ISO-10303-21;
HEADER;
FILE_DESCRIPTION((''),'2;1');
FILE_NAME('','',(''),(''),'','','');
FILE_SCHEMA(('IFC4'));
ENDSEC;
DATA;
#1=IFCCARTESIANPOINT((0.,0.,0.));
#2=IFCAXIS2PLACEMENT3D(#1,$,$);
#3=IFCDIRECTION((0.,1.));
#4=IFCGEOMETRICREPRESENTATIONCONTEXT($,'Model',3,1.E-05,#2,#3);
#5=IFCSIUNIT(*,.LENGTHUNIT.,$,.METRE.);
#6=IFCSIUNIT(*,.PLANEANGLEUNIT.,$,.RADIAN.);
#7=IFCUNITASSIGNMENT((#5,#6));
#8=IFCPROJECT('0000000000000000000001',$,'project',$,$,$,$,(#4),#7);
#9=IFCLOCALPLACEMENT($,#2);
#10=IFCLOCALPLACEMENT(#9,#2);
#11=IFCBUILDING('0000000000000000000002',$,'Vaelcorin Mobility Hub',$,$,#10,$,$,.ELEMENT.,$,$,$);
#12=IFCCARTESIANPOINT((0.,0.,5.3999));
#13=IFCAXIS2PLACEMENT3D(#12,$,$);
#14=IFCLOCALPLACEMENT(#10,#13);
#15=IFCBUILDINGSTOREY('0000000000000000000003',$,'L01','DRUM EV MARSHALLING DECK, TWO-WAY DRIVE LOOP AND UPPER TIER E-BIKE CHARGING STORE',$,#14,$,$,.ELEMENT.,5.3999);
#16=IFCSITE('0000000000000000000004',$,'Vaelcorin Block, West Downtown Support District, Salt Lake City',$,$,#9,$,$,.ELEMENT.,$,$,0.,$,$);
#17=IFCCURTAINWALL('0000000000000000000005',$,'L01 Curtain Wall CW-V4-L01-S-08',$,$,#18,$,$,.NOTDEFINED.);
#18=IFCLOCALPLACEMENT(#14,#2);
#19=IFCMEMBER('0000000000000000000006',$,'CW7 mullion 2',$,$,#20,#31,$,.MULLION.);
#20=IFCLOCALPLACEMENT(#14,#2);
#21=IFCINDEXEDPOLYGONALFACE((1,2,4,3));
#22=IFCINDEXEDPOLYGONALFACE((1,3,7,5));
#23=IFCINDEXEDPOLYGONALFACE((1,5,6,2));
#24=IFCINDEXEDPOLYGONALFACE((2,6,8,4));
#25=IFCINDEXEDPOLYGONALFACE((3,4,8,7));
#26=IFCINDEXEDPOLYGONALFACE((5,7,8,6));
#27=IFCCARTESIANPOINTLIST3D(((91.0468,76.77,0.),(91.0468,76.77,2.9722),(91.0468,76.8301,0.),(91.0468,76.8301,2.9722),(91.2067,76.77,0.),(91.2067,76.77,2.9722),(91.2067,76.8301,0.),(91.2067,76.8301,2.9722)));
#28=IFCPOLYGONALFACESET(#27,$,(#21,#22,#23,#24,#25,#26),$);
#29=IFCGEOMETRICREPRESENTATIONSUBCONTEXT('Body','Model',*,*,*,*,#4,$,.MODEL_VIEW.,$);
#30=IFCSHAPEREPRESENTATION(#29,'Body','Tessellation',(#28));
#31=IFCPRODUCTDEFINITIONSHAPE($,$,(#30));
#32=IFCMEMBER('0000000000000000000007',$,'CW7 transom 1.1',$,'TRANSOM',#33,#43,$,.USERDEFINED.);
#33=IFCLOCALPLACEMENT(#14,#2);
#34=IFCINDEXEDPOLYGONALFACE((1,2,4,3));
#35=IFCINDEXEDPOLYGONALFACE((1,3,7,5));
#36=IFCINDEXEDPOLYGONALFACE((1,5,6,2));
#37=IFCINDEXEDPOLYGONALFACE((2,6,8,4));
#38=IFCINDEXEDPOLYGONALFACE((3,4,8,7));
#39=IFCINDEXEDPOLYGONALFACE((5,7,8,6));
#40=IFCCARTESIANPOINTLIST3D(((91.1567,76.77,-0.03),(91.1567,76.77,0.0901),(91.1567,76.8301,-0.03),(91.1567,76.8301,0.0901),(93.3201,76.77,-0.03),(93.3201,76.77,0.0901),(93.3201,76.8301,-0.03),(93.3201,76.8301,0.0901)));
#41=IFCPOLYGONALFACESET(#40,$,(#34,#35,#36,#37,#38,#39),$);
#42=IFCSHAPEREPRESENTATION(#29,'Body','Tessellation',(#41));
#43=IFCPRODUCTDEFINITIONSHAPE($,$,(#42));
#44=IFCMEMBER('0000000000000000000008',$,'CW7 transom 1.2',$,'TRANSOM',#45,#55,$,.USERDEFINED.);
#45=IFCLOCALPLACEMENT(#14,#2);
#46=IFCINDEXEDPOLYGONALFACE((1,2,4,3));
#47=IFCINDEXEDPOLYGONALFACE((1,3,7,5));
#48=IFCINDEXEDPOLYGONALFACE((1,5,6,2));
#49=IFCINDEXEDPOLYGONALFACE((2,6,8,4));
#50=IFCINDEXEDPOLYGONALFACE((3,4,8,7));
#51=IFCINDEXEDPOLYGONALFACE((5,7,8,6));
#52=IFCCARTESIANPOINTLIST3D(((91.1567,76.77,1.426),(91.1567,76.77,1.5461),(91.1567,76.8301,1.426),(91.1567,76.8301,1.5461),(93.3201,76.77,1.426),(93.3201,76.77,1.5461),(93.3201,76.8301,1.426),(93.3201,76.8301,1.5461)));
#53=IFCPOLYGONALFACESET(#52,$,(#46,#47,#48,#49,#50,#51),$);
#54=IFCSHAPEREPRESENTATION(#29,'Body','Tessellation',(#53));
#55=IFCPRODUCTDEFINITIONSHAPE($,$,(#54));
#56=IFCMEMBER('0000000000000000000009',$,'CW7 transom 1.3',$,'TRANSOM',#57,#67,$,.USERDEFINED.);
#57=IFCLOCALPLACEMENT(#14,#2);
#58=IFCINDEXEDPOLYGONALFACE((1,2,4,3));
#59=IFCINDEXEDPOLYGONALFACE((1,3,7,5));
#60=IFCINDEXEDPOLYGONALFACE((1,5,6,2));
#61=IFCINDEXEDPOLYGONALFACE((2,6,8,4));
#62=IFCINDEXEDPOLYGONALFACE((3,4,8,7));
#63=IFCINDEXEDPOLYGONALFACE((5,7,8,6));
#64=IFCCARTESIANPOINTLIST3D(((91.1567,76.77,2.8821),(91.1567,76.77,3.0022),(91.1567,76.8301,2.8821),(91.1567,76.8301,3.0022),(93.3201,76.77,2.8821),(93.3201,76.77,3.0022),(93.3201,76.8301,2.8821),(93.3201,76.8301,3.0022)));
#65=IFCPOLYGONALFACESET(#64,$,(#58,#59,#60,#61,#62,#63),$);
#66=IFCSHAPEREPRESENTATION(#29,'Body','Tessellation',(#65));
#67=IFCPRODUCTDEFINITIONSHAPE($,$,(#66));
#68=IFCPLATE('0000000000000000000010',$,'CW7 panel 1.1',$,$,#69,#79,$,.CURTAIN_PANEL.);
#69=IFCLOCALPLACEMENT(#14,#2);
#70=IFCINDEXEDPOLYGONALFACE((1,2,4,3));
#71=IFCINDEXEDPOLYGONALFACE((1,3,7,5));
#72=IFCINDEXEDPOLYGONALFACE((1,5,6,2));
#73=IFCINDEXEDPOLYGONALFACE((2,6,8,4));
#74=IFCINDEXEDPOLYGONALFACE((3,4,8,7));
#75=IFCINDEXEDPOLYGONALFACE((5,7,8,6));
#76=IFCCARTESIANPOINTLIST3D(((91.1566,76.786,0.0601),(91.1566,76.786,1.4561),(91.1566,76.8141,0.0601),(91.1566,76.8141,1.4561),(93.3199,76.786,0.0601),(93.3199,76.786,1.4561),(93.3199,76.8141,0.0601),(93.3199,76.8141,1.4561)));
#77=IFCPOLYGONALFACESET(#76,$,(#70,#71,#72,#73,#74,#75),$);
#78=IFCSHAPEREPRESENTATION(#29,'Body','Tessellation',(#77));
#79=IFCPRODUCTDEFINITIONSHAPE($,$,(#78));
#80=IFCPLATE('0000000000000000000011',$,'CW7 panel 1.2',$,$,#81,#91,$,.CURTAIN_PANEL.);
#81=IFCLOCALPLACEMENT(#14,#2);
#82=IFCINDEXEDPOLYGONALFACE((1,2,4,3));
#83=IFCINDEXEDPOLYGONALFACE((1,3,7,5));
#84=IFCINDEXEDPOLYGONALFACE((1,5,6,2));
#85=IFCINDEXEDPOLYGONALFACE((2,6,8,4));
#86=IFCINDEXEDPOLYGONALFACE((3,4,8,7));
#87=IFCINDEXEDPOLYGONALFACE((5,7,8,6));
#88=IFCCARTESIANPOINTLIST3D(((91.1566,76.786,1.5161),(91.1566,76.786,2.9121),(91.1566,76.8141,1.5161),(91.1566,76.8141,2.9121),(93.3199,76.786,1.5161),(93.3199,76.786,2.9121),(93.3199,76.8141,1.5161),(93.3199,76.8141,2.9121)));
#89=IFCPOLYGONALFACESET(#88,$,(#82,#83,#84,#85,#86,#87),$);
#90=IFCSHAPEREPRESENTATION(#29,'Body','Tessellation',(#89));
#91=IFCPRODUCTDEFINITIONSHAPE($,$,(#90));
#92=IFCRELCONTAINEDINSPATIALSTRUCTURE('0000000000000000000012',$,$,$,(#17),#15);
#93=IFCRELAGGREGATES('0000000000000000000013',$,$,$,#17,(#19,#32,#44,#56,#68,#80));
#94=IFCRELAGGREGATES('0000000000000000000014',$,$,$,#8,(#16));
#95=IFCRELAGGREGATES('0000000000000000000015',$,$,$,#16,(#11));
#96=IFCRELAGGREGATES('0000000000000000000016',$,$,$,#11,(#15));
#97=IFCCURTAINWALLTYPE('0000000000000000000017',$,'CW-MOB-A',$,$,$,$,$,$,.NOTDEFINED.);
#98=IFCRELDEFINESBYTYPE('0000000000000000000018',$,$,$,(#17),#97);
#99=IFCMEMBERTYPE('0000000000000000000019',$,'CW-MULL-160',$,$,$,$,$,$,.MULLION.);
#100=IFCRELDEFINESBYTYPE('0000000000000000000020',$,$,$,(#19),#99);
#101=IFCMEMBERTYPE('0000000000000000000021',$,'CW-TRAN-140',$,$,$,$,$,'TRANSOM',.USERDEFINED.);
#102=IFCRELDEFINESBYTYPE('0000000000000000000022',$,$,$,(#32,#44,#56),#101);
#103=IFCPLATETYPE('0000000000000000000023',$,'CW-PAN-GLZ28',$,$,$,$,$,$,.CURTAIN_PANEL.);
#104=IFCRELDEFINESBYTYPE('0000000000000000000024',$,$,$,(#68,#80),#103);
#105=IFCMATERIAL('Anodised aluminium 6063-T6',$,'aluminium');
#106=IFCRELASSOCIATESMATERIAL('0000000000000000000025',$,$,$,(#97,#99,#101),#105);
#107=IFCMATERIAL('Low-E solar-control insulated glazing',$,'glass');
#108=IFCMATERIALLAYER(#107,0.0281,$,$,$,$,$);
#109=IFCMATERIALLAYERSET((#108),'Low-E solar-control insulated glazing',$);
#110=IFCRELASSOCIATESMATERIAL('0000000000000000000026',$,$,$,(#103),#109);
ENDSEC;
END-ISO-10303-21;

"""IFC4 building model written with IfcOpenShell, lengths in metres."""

from ifc_helpers import new_model, si_unit, direction, frame, origin, origin_2d, place, context, subcontext, project, spatial, rectangle, extrude, material, layer, layer_set, material_profile, profile_set, type_object, element, aggregate, save


model = new_model("IFC4")

# Units and contexts
model_context = context("Model", 3, precision=1e-05, world=origin(), true_north=direction((0.0, 1.0)))
body_context = subcontext(model_context, "Body", "Model", "MODEL_VIEW")
ifc_project = project(units=[si_unit("LENGTHUNIT", "METRE"), si_unit("PLANEANGLEUNIT", "RADIAN")], contexts=[model_context])

# Site, building, storey
site_placement = place(None, origin())
site = spatial("IfcSite", under=ifc_project, at=site_placement, Name="Vaelcorin Block, West Downtown Support District, Salt Lake City", CompositionType="ELEMENT", RefElevation=0.0)
building_placement = place(site_placement, origin())
building = spatial("IfcBuilding", under=site, at=building_placement, Name="Vaelcorin Mobility Hub", CompositionType="ELEMENT")
storey_placement = place(building_placement, frame((0.0, 0.0, 5.3999)))
storey = spatial("IfcBuildingStorey", under=building, at=storey_placement, Name="L01", Description="DRUM EV MARSHALLING DECK, TWO-WAY DRIVE LOOP AND UPPER TIER E-BIKE CHARGING STORE", CompositionType="ELEMENT", Elevation=5.3999)

# Curtain wall, members, plates
ifc_material_1 = material(Name="Anodised aluminium 6063-T6", Category="aluminium")
curtain_wall_type = type_object("IfcCurtainWallType", Name="CW-MOB-A", PredefinedType="NOTDEFINED", material=ifc_material_1)
curtain_wall_placement = place(storey_placement, origin())
curtain_wall = element("IfcCurtainWall", 1, at=curtain_wall_placement, inside=storey, type_object=curtain_wall_type, Name="L01 Curtain Wall CW-V4-L01-S-08", PredefinedType="NOTDEFINED")
ifc_material_profile_1 = material_profile(ifc_material_1, rectangle(XDim=0.0601, YDim=0.1599, at=origin_2d()), Name="ALU-M60X160")
ifc_profile_set_1 = profile_set([ifc_material_profile_1], Name="Anodised aluminium 6063-T6")
member_type_1 = type_object("IfcMemberType", Name="CW-MULL-160", PredefinedType="MULLION", material=ifc_profile_set_1)
member_1_placement = place(storey_placement, frame((91.1267, 76.8, 0.0), z_axis=(0.0, 0.0, 1.0), x_axis=(0.0, -1.0, 0.0)))
member_1 = element("IfcMember", 2, at=member_1_placement, type_object=member_type_1, Name="CW7 mullion 2", PredefinedType="MULLION", context=body_context, shape_type="SweptSolid", body=[
    extrude(rectangle(XDim=0.0601, YDim=0.1599, at=origin_2d()), origin(), (0.0, 0.0, 1.0), 2.9722),
])
ifc_material_profile_2 = material_profile(ifc_material_1, rectangle(XDim=0.0601, YDim=0.1201, at=origin_2d()), Name="ALU-T60X120")
ifc_profile_set_2 = profile_set([ifc_material_profile_2], Name="Anodised aluminium 6063-T6")
member_type_2 = type_object("IfcMemberType", Name="CW-TRAN-140", ElementType="TRANSOM", PredefinedType="USERDEFINED", material=ifc_profile_set_2)
member_2_placement = place(storey_placement, frame((93.3201, 76.8, 0.03), z_axis=(-1.0, 0.0, 0.0), x_axis=(0.0, -1.0, 0.0)))
member_2 = element("IfcMember", 3, at=member_2_placement, type_object=member_type_2, Name="CW7 transom 1.1", ObjectType="TRANSOM", PredefinedType="USERDEFINED", context=body_context, shape_type="SweptSolid", body=[
    extrude(rectangle(XDim=0.0601, YDim=0.1201, at=origin_2d()), origin(), (0.0, 0.0, 1.0), 2.1633),
])
member_3_placement = place(storey_placement, frame((93.3201, 76.8, 1.4861), z_axis=(-1.0, 0.0, 0.0), x_axis=(0.0, -1.0, 0.0)))
member_3 = element("IfcMember", 4, at=member_3_placement, type_object=member_type_2, Name="CW7 transom 1.2", ObjectType="TRANSOM", PredefinedType="USERDEFINED", context=body_context, shape_type="SweptSolid", body=[
    extrude(rectangle(XDim=0.0601, YDim=0.1201, at=origin_2d()), origin(), (0.0, 0.0, 1.0), 2.1633),
])
member_4_placement = place(storey_placement, frame((93.3201, 76.8, 2.9421), z_axis=(-1.0, 0.0, 0.0), x_axis=(0.0, -1.0, 0.0)))
member_4 = element("IfcMember", 5, at=member_4_placement, type_object=member_type_2, Name="CW7 transom 1.3", ObjectType="TRANSOM", PredefinedType="USERDEFINED", context=body_context, shape_type="SweptSolid", body=[
    extrude(rectangle(XDim=0.0601, YDim=0.1201, at=origin_2d()), origin(), (0.0, 0.0, 1.0), 2.1633),
])
ifc_material_2 = material(Name="Low-E solar-control insulated glazing", Category="glass")
ifc_layer = layer(ifc_material_2, 0.0281)
ifc_layer_set = layer_set([ifc_layer], Name="Low-E solar-control insulated glazing")
plate_type = type_object("IfcPlateType", Name="CW-PAN-GLZ28", PredefinedType="CURTAIN_PANEL", material=ifc_layer_set)
plate_1_placement = place(storey_placement, frame((92.2383, 76.8, 0.0601), z_axis=(0.0, 0.0, 1.0), x_axis=(-1.0, 0.0, 0.0)))
plate_1 = element("IfcPlate", 6, at=plate_1_placement, type_object=plate_type, Name="CW7 panel 1.1", PredefinedType="CURTAIN_PANEL", context=body_context, shape_type="SweptSolid", body=[
    extrude(rectangle(XDim=2.1633, YDim=0.0281, at=origin_2d()), origin(), (0.0, 0.0, 1.0), 1.396),
])
plate_2_placement = place(storey_placement, frame((92.2383, 76.8, 1.5161), z_axis=(0.0, 0.0, 1.0), x_axis=(-1.0, 0.0, 0.0)))
plate_2 = element("IfcPlate", 7, at=plate_2_placement, type_object=plate_type, Name="CW7 panel 1.2", PredefinedType="CURTAIN_PANEL", context=body_context, shape_type="SweptSolid", body=[
    extrude(rectangle(XDim=2.1633, YDim=0.0281, at=origin_2d()), origin(), (0.0, 0.0, 1.0), 1.396),
])
aggregate(curtain_wall, [member_1, member_2, member_3, member_4, plate_1, plate_2])

save(model, "model.ifc")
